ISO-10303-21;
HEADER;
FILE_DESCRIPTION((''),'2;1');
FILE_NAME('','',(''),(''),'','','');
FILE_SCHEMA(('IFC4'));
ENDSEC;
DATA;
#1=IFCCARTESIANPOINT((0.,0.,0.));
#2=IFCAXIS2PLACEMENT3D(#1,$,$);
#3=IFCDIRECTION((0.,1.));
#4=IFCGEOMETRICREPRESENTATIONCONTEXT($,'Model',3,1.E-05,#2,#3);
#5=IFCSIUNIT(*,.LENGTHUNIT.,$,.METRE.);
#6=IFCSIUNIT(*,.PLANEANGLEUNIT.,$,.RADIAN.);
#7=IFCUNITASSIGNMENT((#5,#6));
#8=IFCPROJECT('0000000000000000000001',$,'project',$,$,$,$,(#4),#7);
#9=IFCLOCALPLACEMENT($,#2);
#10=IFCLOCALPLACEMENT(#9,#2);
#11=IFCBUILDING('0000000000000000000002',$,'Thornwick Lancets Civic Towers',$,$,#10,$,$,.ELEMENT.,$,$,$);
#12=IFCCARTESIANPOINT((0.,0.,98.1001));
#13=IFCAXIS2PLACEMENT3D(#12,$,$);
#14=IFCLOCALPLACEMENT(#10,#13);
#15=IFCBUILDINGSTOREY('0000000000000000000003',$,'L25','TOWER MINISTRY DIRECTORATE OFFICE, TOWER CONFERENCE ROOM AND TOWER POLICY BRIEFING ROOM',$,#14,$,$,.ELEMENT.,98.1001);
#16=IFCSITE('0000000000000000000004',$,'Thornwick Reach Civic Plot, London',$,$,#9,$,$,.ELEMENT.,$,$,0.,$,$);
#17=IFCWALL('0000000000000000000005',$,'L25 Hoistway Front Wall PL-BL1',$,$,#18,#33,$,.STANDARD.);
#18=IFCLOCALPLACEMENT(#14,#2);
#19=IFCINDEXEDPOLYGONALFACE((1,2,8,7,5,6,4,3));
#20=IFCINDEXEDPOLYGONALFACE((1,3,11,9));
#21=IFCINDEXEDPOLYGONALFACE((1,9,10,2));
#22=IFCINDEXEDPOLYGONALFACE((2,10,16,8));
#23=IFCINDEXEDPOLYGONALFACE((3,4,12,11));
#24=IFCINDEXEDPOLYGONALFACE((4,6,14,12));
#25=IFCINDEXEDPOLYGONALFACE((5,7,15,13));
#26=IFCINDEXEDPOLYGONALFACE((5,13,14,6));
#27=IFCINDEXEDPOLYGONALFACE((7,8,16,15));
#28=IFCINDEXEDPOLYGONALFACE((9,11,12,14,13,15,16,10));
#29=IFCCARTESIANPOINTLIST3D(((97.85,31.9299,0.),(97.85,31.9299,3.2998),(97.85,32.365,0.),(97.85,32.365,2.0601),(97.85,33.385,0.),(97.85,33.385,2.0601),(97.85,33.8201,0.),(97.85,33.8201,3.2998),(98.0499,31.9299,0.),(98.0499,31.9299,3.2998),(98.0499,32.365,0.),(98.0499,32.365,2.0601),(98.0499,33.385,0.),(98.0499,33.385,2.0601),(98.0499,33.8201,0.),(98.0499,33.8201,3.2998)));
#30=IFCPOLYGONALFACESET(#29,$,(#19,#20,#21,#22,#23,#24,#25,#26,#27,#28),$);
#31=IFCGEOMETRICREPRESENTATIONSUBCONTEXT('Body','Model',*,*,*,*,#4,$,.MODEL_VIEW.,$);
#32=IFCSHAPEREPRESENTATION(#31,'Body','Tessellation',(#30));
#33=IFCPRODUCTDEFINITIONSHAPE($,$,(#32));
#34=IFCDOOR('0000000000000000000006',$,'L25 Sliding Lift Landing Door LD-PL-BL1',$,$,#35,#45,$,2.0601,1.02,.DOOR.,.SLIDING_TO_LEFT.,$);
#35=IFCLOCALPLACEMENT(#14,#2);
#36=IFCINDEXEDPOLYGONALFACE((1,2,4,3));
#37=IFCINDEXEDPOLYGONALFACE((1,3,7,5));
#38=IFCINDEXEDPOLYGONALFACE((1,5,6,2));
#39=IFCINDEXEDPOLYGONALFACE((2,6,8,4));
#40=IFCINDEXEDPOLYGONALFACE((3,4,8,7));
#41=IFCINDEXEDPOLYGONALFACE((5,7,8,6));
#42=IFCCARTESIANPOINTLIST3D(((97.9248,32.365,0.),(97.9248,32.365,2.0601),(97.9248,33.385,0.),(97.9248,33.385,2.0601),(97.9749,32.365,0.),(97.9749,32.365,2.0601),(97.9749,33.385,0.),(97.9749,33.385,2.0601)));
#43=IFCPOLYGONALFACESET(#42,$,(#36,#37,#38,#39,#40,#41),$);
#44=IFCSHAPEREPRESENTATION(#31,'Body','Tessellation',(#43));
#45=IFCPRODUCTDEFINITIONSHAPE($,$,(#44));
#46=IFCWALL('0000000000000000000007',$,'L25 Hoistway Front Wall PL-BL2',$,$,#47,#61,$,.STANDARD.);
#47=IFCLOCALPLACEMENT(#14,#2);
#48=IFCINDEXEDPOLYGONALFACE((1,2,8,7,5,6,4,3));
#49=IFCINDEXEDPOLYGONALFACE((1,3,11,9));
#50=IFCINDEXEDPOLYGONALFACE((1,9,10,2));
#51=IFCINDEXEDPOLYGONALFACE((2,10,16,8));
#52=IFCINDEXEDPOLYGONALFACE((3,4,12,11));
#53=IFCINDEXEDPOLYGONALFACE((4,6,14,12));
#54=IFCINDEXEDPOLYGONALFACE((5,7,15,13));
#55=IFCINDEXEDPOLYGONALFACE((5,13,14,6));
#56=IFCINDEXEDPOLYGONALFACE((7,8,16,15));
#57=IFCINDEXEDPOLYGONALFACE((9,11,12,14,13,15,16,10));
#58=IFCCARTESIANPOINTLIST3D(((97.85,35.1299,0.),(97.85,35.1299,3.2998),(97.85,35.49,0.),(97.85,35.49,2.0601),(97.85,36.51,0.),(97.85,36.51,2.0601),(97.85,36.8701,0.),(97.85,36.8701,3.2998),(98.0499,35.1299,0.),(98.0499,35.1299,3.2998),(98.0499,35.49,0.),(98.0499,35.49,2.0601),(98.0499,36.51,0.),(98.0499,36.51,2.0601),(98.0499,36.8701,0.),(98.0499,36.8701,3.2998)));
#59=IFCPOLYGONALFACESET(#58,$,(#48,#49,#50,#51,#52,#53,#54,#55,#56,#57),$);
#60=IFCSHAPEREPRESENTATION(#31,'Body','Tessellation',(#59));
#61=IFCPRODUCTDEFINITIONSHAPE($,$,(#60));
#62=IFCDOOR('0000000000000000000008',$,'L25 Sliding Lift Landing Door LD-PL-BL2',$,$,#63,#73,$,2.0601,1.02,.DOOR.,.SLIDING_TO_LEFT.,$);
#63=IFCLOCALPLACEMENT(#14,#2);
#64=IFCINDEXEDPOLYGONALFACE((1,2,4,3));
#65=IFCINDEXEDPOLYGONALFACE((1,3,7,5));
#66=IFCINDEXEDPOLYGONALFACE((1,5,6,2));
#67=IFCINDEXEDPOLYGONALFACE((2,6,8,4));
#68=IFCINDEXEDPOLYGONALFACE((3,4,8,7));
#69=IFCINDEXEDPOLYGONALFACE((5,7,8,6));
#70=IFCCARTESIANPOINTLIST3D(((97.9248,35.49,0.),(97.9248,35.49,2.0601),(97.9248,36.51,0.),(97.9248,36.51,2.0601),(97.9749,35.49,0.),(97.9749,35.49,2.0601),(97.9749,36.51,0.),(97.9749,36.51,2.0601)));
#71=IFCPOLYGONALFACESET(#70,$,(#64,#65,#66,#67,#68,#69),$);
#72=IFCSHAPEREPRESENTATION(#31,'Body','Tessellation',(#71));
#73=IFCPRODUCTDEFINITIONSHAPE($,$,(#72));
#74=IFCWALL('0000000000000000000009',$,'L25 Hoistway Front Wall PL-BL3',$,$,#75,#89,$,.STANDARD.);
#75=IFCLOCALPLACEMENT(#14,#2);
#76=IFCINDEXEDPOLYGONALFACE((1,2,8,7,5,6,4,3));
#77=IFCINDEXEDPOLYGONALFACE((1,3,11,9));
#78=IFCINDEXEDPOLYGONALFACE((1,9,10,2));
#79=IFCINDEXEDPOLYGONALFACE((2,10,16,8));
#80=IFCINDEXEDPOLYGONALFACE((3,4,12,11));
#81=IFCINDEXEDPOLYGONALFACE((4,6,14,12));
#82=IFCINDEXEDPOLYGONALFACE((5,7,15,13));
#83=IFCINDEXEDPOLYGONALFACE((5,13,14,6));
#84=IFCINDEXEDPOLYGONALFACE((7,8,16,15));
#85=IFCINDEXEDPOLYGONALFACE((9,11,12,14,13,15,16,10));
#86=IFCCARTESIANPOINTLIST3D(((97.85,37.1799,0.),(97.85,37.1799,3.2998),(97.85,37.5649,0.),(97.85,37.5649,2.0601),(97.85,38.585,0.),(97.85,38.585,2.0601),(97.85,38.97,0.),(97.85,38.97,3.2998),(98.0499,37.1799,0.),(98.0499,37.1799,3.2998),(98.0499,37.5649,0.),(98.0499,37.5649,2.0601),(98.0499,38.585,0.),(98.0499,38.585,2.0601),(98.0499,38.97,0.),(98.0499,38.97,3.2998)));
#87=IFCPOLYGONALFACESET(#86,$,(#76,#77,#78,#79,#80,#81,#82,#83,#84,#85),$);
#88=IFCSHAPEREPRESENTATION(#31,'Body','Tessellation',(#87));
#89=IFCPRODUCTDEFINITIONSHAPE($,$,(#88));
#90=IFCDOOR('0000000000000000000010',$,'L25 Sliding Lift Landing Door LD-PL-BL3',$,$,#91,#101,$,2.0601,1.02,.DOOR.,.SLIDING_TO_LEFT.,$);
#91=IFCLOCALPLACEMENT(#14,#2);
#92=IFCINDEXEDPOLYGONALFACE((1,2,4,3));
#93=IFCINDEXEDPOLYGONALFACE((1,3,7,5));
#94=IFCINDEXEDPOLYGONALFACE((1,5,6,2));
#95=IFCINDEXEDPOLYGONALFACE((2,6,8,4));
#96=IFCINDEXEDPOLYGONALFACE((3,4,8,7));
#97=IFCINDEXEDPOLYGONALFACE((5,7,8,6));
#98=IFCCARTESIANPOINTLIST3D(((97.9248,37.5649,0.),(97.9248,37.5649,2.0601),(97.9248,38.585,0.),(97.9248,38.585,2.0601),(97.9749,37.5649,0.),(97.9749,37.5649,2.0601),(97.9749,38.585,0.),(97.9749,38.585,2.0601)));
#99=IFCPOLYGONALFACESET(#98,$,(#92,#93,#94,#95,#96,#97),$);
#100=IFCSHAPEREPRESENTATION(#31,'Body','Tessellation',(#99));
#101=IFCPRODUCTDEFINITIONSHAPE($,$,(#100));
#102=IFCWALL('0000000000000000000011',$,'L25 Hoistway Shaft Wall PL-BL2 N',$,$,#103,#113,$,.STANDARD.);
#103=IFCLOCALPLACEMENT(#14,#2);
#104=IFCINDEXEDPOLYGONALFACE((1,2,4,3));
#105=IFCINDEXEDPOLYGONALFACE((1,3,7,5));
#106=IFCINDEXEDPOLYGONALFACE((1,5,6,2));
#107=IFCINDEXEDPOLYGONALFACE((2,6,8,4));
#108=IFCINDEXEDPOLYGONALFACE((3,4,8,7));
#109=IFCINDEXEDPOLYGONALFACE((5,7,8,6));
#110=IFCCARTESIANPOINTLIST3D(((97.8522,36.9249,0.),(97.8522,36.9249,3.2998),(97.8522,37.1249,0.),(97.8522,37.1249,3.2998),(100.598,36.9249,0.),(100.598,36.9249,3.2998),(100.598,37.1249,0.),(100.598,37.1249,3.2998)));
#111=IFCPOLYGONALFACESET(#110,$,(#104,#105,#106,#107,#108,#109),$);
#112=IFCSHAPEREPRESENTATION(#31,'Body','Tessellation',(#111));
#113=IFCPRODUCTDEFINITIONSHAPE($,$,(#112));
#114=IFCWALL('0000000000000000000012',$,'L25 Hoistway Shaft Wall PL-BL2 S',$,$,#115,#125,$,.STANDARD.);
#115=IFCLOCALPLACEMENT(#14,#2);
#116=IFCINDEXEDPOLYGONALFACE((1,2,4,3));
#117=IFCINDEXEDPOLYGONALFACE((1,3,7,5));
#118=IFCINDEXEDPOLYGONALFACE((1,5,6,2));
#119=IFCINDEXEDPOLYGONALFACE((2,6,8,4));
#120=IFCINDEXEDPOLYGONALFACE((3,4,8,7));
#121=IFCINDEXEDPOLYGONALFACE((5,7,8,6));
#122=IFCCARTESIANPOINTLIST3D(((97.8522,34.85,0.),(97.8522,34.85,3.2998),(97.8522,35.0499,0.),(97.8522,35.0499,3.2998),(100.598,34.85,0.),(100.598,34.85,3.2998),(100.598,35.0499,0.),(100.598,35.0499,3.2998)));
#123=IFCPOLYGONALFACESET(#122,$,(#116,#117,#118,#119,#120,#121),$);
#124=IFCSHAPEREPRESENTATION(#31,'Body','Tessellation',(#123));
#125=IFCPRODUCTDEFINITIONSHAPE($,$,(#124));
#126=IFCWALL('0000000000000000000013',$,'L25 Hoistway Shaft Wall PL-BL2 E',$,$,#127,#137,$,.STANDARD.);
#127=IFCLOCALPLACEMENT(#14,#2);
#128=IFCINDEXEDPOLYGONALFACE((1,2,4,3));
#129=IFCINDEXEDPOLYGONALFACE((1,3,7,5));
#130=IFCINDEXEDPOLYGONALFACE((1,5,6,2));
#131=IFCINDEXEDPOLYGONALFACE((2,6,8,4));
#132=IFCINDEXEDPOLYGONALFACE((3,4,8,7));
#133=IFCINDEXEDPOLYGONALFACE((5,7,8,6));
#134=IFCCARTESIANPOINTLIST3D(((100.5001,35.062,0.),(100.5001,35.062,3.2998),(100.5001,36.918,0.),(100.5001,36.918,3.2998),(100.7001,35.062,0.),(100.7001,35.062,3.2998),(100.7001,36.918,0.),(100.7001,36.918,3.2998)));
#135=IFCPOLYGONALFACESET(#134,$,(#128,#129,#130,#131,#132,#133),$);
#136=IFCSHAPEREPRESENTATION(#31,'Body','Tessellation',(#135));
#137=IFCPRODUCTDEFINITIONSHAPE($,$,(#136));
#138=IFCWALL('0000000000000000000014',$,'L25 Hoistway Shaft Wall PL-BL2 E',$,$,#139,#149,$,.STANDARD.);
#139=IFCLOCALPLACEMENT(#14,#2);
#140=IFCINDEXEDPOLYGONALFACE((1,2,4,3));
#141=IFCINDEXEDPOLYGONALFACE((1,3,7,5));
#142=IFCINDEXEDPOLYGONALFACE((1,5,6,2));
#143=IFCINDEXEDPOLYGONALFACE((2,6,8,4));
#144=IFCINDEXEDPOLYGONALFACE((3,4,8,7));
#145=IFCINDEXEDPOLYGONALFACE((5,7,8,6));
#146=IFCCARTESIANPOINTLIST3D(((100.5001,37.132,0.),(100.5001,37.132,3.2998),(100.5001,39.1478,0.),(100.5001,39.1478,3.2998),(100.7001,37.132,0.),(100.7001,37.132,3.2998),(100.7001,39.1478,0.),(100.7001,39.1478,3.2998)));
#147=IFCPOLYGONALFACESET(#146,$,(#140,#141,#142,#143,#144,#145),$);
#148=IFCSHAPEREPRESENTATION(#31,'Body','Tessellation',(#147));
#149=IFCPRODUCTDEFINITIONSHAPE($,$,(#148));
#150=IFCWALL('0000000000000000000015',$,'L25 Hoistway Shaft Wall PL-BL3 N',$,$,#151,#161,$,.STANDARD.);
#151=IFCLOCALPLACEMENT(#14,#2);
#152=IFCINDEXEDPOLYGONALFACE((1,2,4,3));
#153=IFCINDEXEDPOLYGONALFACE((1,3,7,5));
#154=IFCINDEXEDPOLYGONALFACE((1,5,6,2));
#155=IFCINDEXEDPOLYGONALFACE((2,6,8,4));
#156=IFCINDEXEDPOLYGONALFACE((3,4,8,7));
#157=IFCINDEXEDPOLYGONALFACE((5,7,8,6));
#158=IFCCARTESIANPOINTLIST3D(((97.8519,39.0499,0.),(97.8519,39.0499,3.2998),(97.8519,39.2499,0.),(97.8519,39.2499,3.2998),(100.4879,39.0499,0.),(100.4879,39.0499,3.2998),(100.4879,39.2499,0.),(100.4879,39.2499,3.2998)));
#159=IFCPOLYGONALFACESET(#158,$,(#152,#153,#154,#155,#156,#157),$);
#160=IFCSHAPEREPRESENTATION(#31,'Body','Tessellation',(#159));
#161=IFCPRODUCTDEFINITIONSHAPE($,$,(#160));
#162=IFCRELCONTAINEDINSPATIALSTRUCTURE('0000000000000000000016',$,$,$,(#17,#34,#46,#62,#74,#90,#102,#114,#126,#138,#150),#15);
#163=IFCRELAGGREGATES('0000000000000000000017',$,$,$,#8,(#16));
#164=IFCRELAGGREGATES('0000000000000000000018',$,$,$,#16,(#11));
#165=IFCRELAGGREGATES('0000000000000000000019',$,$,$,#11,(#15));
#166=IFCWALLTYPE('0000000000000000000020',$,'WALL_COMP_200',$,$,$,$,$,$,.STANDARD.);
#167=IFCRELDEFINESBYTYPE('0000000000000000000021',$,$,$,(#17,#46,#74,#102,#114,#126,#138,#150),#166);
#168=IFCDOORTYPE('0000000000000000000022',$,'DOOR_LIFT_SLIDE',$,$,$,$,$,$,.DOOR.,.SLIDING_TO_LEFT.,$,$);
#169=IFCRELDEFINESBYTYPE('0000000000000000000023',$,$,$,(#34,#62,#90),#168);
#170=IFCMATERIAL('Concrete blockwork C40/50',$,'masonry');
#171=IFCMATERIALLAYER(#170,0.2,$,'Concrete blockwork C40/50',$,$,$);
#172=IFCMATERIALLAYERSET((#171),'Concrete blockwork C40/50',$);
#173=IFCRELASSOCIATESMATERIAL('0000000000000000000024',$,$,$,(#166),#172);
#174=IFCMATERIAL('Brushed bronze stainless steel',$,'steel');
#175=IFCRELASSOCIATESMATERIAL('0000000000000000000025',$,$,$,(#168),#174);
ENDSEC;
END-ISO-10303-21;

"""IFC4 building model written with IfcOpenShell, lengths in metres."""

from ifc_helpers import new_model, si_unit, direction, frame, frame_2d, origin, place, context, subcontext, project, spatial, rectangle, extrude, material, layer, layer_set, type_object, element, fill, save


model = new_model("IFC4")

# Units and contexts
model_context = context("Model", 3, precision=1e-05, world=origin(), true_north=direction((0.0, 1.0)))
body_context = subcontext(model_context, "Body", "Model", "MODEL_VIEW")
ifc_project = project(units=[si_unit("LENGTHUNIT", "METRE"), si_unit("PLANEANGLEUNIT", "RADIAN")], contexts=[model_context])

# Site, building, storey
site_placement = place(None, origin())
site = spatial("IfcSite", under=ifc_project, at=site_placement, Name="Thornwick Reach Civic Plot, London", CompositionType="ELEMENT", RefElevation=0.0)
building_placement = place(site_placement, origin())
building = spatial("IfcBuilding", under=site, at=building_placement, Name="Thornwick Lancets Civic Towers", CompositionType="ELEMENT")
storey_placement = place(building_placement, frame((0.0, 0.0, 98.1001)))
storey = spatial("IfcBuildingStorey", under=building, at=storey_placement, Name="L25", Description="TOWER MINISTRY DIRECTORATE OFFICE, TOWER CONFERENCE ROOM AND TOWER POLICY BRIEFING ROOM", CompositionType="ELEMENT", Elevation=98.1001)

# Shared definitions
ifc_material_1 = material(Name="Concrete blockwork C40/50", Category="masonry")
ifc_layer = layer(ifc_material_1, 0.2, Name="Concrete blockwork C40/50")
ifc_layer_set = layer_set([ifc_layer], Name="Concrete blockwork C40/50")
wall_type = type_object("IfcWallType", Name="WALL_COMP_200", PredefinedType="STANDARD", material=ifc_layer_set)
ifc_material_2 = material(Name="Brushed bronze stainless steel", Category="steel")
door_type = type_object("IfcDoorType", Name="DOOR_LIFT_SLIDE", OperationType="SLIDING_TO_LEFT", PredefinedType="DOOR", material=ifc_material_2)

# Walls, openings, doors
wall_1_placement = place(storey_placement, frame((97.95, 33.8201, 0.0), z_axis=(0.0, 0.0, 1.0), x_axis=(0.0, -1.0, 0.0)))
wall_1 = element("IfcWall", 1, at=wall_1_placement, inside=storey, type_object=wall_type, Name="L25 Hoistway Front Wall PL-BL1", PredefinedType="STANDARD", context=body_context, shape_type="SweptSolid", body=[
    extrude(rectangle(XDim=1.8901, YDim=0.2, at=frame_2d((0.9451, 0.0))), origin(), (0.0, 0.0, 1.0), 3.2998),
])
opening_1_placement = place(wall_1_placement, frame((0.4351, 0.0, 0.0)))
opening_1 = element("IfcOpeningElement", 2, at=opening_1_placement, cuts=wall_1, PredefinedType="OPENING", context=body_context, shape_type="SweptSolid", body=[
    extrude(rectangle(XDim=1.02, YDim=2.0601, at=frame_2d((0.51, 1.03))), frame((0.0, 0.1099, 0.0), z_axis=(0.0, -1.0, 0.0), x_axis=(1.0, 0.0, 0.0)), (0.0, 0.0, 1.0), 0.22),
])
door_1_placement = place(opening_1_placement, origin())
door_1 = element("IfcDoor", 3, at=door_1_placement, inside=storey, type_object=door_type, Name="L25 Sliding Lift Landing Door LD-PL-BL1", OperationType="SLIDING_TO_LEFT", OverallHeight=2.0601, OverallWidth=1.02, PredefinedType="DOOR", context=body_context, shape_type="SweptSolid", body=[
    extrude(rectangle(XDim=1.02, YDim=2.0601, at=frame_2d((0.51, 1.03))), frame((0.0, 0.0249, 0.0), z_axis=(0.0, -1.0, 0.0), x_axis=(1.0, 0.0, 0.0)), (0.0, 0.0, 1.0), 0.05),
])
fill(opening_1, door_1)
wall_2_placement = place(storey_placement, frame((97.95, 36.8701, 0.0), z_axis=(0.0, 0.0, 1.0), x_axis=(0.0, -1.0, 0.0)))
wall_2 = element("IfcWall", 4, at=wall_2_placement, inside=storey, type_object=wall_type, Name="L25 Hoistway Front Wall PL-BL2", PredefinedType="STANDARD", context=body_context, shape_type="SweptSolid", body=[
    extrude(rectangle(XDim=1.7402, YDim=0.2, at=frame_2d((0.8701, 0.0))), origin(), (0.0, 0.0, 1.0), 3.2998),
])
opening_2_placement = place(wall_2_placement, frame((0.3601, 0.0, 0.0)))
opening_2 = element("IfcOpeningElement", 5, at=opening_2_placement, cuts=wall_2, PredefinedType="OPENING", context=body_context, shape_type="SweptSolid", body=[
    extrude(rectangle(XDim=1.02, YDim=2.0601, at=frame_2d((0.51, 1.03))), frame((0.0, 0.1099, 0.0), z_axis=(0.0, -1.0, 0.0), x_axis=(1.0, 0.0, 0.0)), (0.0, 0.0, 1.0), 0.22),
])
door_2_placement = place(opening_2_placement, origin())
door_2 = element("IfcDoor", 6, at=door_2_placement, inside=storey, type_object=door_type, Name="L25 Sliding Lift Landing Door LD-PL-BL2", OperationType="SLIDING_TO_LEFT", OverallHeight=2.0601, OverallWidth=1.02, PredefinedType="DOOR", context=body_context, shape_type="SweptSolid", body=[
    extrude(rectangle(XDim=1.02, YDim=2.0601, at=frame_2d((0.51, 1.03))), frame((0.0, 0.0249, 0.0), z_axis=(0.0, -1.0, 0.0), x_axis=(1.0, 0.0, 0.0)), (0.0, 0.0, 1.0), 0.05),
])
fill(opening_2, door_2)
wall_3_placement = place(storey_placement, frame((97.95, 38.97, 0.0), z_axis=(0.0, 0.0, 1.0), x_axis=(0.0, -1.0, 0.0)))
wall_3 = element("IfcWall", 7, at=wall_3_placement, inside=storey, type_object=wall_type, Name="L25 Hoistway Front Wall PL-BL3", PredefinedType="STANDARD", context=body_context, shape_type="SweptSolid", body=[
    extrude(rectangle(XDim=1.79, YDim=0.2, at=frame_2d((0.895, 0.0))), origin(), (0.0, 0.0, 1.0), 3.2998),
])
opening_3_placement = place(wall_3_placement, frame((0.385, 0.0, 0.0)))
opening_3 = element("IfcOpeningElement", 8, at=opening_3_placement, cuts=wall_3, PredefinedType="OPENING", context=body_context, shape_type="SweptSolid", body=[
    extrude(rectangle(XDim=1.02, YDim=2.0601, at=frame_2d((0.51, 1.03))), frame((0.0, 0.1099, 0.0), z_axis=(0.0, -1.0, 0.0), x_axis=(1.0, 0.0, 0.0)), (0.0, 0.0, 1.0), 0.22),
])
door_3_placement = place(opening_3_placement, origin())
door_3 = element("IfcDoor", 9, at=door_3_placement, inside=storey, type_object=door_type, Name="L25 Sliding Lift Landing Door LD-PL-BL3", OperationType="SLIDING_TO_LEFT", OverallHeight=2.0601, OverallWidth=1.02, PredefinedType="DOOR", context=body_context, shape_type="SweptSolid", body=[
    extrude(rectangle(XDim=1.02, YDim=2.0601, at=frame_2d((0.51, 1.03))), frame((0.0, 0.0249, 0.0), z_axis=(0.0, -1.0, 0.0), x_axis=(1.0, 0.0, 0.0)), (0.0, 0.0, 1.0), 0.05),
])
fill(opening_3, door_3)

# Walls
for number, where, z_axis, x_axis, name in (
    (10, (97.8521, 37.0249, 0.0), (0.0, 0.0, 1.0), (1.0, 0.0, 0.0), "L25 Hoistway Shaft Wall PL-BL2 N"),
    (11, (97.8521, 34.95, 0.0), (0.0, 0.0, 1.0), (1.0, 0.0, 0.0), "L25 Hoistway Shaft Wall PL-BL2 S"),
):
    element("IfcWall", number, at=place(storey_placement, frame(where, z_axis=z_axis, x_axis=x_axis)), inside=storey, type_object=wall_type, Name=name, PredefinedType="STANDARD", context=body_context, shape_type="SweptSolid", body=[
        extrude(rectangle(XDim=2.7458, YDim=0.2, at=frame_2d((1.373, 0.0))), origin(), (0.0, 0.0, 1.0), 3.2998),
    ])
wall_4_placement = place(storey_placement, frame((100.6001, 35.062, 0.0), z_axis=(0.0, 0.0, 1.0), x_axis=(0.0, 1.0, 0.0)))
element("IfcWall", 12, at=wall_4_placement, inside=storey, type_object=wall_type, Name="L25 Hoistway Shaft Wall PL-BL2 E", PredefinedType="STANDARD", context=body_context, shape_type="SweptSolid", body=[
    extrude(rectangle(XDim=1.856, YDim=0.2, at=frame_2d((0.928, 0.0))), origin(), (0.0, 0.0, 1.0), 3.2998),
])
wall_5_placement = place(storey_placement, frame((100.6001, 37.1321, 0.0), z_axis=(0.0, 0.0, 1.0), x_axis=(0.0, 1.0, 0.0)))
element("IfcWall", 13, at=wall_5_placement, inside=storey, type_object=wall_type, Name="L25 Hoistway Shaft Wall PL-BL2 E", PredefinedType="STANDARD", context=body_context, shape_type="SweptSolid", body=[
    extrude(rectangle(XDim=2.0159, YDim=0.2, at=frame_2d((1.0078, 0.0))), origin(), (0.0, 0.0, 1.0), 3.2998),
])
wall_6_placement = place(storey_placement, frame((97.8521, 39.1499, 0.0), z_axis=(0.0, 0.0, 1.0), x_axis=(1.0, 0.0, 0.0)))
element("IfcWall", 14, at=wall_6_placement, inside=storey, type_object=wall_type, Name="L25 Hoistway Shaft Wall PL-BL3 N", PredefinedType="STANDARD", context=body_context, shape_type="SweptSolid", body=[
    extrude(rectangle(XDim=2.636, YDim=0.2, at=frame_2d((1.3179, 0.0))), origin(), (0.0, 0.0, 1.0), 3.2998),
])

save(model, "model.ifc")
